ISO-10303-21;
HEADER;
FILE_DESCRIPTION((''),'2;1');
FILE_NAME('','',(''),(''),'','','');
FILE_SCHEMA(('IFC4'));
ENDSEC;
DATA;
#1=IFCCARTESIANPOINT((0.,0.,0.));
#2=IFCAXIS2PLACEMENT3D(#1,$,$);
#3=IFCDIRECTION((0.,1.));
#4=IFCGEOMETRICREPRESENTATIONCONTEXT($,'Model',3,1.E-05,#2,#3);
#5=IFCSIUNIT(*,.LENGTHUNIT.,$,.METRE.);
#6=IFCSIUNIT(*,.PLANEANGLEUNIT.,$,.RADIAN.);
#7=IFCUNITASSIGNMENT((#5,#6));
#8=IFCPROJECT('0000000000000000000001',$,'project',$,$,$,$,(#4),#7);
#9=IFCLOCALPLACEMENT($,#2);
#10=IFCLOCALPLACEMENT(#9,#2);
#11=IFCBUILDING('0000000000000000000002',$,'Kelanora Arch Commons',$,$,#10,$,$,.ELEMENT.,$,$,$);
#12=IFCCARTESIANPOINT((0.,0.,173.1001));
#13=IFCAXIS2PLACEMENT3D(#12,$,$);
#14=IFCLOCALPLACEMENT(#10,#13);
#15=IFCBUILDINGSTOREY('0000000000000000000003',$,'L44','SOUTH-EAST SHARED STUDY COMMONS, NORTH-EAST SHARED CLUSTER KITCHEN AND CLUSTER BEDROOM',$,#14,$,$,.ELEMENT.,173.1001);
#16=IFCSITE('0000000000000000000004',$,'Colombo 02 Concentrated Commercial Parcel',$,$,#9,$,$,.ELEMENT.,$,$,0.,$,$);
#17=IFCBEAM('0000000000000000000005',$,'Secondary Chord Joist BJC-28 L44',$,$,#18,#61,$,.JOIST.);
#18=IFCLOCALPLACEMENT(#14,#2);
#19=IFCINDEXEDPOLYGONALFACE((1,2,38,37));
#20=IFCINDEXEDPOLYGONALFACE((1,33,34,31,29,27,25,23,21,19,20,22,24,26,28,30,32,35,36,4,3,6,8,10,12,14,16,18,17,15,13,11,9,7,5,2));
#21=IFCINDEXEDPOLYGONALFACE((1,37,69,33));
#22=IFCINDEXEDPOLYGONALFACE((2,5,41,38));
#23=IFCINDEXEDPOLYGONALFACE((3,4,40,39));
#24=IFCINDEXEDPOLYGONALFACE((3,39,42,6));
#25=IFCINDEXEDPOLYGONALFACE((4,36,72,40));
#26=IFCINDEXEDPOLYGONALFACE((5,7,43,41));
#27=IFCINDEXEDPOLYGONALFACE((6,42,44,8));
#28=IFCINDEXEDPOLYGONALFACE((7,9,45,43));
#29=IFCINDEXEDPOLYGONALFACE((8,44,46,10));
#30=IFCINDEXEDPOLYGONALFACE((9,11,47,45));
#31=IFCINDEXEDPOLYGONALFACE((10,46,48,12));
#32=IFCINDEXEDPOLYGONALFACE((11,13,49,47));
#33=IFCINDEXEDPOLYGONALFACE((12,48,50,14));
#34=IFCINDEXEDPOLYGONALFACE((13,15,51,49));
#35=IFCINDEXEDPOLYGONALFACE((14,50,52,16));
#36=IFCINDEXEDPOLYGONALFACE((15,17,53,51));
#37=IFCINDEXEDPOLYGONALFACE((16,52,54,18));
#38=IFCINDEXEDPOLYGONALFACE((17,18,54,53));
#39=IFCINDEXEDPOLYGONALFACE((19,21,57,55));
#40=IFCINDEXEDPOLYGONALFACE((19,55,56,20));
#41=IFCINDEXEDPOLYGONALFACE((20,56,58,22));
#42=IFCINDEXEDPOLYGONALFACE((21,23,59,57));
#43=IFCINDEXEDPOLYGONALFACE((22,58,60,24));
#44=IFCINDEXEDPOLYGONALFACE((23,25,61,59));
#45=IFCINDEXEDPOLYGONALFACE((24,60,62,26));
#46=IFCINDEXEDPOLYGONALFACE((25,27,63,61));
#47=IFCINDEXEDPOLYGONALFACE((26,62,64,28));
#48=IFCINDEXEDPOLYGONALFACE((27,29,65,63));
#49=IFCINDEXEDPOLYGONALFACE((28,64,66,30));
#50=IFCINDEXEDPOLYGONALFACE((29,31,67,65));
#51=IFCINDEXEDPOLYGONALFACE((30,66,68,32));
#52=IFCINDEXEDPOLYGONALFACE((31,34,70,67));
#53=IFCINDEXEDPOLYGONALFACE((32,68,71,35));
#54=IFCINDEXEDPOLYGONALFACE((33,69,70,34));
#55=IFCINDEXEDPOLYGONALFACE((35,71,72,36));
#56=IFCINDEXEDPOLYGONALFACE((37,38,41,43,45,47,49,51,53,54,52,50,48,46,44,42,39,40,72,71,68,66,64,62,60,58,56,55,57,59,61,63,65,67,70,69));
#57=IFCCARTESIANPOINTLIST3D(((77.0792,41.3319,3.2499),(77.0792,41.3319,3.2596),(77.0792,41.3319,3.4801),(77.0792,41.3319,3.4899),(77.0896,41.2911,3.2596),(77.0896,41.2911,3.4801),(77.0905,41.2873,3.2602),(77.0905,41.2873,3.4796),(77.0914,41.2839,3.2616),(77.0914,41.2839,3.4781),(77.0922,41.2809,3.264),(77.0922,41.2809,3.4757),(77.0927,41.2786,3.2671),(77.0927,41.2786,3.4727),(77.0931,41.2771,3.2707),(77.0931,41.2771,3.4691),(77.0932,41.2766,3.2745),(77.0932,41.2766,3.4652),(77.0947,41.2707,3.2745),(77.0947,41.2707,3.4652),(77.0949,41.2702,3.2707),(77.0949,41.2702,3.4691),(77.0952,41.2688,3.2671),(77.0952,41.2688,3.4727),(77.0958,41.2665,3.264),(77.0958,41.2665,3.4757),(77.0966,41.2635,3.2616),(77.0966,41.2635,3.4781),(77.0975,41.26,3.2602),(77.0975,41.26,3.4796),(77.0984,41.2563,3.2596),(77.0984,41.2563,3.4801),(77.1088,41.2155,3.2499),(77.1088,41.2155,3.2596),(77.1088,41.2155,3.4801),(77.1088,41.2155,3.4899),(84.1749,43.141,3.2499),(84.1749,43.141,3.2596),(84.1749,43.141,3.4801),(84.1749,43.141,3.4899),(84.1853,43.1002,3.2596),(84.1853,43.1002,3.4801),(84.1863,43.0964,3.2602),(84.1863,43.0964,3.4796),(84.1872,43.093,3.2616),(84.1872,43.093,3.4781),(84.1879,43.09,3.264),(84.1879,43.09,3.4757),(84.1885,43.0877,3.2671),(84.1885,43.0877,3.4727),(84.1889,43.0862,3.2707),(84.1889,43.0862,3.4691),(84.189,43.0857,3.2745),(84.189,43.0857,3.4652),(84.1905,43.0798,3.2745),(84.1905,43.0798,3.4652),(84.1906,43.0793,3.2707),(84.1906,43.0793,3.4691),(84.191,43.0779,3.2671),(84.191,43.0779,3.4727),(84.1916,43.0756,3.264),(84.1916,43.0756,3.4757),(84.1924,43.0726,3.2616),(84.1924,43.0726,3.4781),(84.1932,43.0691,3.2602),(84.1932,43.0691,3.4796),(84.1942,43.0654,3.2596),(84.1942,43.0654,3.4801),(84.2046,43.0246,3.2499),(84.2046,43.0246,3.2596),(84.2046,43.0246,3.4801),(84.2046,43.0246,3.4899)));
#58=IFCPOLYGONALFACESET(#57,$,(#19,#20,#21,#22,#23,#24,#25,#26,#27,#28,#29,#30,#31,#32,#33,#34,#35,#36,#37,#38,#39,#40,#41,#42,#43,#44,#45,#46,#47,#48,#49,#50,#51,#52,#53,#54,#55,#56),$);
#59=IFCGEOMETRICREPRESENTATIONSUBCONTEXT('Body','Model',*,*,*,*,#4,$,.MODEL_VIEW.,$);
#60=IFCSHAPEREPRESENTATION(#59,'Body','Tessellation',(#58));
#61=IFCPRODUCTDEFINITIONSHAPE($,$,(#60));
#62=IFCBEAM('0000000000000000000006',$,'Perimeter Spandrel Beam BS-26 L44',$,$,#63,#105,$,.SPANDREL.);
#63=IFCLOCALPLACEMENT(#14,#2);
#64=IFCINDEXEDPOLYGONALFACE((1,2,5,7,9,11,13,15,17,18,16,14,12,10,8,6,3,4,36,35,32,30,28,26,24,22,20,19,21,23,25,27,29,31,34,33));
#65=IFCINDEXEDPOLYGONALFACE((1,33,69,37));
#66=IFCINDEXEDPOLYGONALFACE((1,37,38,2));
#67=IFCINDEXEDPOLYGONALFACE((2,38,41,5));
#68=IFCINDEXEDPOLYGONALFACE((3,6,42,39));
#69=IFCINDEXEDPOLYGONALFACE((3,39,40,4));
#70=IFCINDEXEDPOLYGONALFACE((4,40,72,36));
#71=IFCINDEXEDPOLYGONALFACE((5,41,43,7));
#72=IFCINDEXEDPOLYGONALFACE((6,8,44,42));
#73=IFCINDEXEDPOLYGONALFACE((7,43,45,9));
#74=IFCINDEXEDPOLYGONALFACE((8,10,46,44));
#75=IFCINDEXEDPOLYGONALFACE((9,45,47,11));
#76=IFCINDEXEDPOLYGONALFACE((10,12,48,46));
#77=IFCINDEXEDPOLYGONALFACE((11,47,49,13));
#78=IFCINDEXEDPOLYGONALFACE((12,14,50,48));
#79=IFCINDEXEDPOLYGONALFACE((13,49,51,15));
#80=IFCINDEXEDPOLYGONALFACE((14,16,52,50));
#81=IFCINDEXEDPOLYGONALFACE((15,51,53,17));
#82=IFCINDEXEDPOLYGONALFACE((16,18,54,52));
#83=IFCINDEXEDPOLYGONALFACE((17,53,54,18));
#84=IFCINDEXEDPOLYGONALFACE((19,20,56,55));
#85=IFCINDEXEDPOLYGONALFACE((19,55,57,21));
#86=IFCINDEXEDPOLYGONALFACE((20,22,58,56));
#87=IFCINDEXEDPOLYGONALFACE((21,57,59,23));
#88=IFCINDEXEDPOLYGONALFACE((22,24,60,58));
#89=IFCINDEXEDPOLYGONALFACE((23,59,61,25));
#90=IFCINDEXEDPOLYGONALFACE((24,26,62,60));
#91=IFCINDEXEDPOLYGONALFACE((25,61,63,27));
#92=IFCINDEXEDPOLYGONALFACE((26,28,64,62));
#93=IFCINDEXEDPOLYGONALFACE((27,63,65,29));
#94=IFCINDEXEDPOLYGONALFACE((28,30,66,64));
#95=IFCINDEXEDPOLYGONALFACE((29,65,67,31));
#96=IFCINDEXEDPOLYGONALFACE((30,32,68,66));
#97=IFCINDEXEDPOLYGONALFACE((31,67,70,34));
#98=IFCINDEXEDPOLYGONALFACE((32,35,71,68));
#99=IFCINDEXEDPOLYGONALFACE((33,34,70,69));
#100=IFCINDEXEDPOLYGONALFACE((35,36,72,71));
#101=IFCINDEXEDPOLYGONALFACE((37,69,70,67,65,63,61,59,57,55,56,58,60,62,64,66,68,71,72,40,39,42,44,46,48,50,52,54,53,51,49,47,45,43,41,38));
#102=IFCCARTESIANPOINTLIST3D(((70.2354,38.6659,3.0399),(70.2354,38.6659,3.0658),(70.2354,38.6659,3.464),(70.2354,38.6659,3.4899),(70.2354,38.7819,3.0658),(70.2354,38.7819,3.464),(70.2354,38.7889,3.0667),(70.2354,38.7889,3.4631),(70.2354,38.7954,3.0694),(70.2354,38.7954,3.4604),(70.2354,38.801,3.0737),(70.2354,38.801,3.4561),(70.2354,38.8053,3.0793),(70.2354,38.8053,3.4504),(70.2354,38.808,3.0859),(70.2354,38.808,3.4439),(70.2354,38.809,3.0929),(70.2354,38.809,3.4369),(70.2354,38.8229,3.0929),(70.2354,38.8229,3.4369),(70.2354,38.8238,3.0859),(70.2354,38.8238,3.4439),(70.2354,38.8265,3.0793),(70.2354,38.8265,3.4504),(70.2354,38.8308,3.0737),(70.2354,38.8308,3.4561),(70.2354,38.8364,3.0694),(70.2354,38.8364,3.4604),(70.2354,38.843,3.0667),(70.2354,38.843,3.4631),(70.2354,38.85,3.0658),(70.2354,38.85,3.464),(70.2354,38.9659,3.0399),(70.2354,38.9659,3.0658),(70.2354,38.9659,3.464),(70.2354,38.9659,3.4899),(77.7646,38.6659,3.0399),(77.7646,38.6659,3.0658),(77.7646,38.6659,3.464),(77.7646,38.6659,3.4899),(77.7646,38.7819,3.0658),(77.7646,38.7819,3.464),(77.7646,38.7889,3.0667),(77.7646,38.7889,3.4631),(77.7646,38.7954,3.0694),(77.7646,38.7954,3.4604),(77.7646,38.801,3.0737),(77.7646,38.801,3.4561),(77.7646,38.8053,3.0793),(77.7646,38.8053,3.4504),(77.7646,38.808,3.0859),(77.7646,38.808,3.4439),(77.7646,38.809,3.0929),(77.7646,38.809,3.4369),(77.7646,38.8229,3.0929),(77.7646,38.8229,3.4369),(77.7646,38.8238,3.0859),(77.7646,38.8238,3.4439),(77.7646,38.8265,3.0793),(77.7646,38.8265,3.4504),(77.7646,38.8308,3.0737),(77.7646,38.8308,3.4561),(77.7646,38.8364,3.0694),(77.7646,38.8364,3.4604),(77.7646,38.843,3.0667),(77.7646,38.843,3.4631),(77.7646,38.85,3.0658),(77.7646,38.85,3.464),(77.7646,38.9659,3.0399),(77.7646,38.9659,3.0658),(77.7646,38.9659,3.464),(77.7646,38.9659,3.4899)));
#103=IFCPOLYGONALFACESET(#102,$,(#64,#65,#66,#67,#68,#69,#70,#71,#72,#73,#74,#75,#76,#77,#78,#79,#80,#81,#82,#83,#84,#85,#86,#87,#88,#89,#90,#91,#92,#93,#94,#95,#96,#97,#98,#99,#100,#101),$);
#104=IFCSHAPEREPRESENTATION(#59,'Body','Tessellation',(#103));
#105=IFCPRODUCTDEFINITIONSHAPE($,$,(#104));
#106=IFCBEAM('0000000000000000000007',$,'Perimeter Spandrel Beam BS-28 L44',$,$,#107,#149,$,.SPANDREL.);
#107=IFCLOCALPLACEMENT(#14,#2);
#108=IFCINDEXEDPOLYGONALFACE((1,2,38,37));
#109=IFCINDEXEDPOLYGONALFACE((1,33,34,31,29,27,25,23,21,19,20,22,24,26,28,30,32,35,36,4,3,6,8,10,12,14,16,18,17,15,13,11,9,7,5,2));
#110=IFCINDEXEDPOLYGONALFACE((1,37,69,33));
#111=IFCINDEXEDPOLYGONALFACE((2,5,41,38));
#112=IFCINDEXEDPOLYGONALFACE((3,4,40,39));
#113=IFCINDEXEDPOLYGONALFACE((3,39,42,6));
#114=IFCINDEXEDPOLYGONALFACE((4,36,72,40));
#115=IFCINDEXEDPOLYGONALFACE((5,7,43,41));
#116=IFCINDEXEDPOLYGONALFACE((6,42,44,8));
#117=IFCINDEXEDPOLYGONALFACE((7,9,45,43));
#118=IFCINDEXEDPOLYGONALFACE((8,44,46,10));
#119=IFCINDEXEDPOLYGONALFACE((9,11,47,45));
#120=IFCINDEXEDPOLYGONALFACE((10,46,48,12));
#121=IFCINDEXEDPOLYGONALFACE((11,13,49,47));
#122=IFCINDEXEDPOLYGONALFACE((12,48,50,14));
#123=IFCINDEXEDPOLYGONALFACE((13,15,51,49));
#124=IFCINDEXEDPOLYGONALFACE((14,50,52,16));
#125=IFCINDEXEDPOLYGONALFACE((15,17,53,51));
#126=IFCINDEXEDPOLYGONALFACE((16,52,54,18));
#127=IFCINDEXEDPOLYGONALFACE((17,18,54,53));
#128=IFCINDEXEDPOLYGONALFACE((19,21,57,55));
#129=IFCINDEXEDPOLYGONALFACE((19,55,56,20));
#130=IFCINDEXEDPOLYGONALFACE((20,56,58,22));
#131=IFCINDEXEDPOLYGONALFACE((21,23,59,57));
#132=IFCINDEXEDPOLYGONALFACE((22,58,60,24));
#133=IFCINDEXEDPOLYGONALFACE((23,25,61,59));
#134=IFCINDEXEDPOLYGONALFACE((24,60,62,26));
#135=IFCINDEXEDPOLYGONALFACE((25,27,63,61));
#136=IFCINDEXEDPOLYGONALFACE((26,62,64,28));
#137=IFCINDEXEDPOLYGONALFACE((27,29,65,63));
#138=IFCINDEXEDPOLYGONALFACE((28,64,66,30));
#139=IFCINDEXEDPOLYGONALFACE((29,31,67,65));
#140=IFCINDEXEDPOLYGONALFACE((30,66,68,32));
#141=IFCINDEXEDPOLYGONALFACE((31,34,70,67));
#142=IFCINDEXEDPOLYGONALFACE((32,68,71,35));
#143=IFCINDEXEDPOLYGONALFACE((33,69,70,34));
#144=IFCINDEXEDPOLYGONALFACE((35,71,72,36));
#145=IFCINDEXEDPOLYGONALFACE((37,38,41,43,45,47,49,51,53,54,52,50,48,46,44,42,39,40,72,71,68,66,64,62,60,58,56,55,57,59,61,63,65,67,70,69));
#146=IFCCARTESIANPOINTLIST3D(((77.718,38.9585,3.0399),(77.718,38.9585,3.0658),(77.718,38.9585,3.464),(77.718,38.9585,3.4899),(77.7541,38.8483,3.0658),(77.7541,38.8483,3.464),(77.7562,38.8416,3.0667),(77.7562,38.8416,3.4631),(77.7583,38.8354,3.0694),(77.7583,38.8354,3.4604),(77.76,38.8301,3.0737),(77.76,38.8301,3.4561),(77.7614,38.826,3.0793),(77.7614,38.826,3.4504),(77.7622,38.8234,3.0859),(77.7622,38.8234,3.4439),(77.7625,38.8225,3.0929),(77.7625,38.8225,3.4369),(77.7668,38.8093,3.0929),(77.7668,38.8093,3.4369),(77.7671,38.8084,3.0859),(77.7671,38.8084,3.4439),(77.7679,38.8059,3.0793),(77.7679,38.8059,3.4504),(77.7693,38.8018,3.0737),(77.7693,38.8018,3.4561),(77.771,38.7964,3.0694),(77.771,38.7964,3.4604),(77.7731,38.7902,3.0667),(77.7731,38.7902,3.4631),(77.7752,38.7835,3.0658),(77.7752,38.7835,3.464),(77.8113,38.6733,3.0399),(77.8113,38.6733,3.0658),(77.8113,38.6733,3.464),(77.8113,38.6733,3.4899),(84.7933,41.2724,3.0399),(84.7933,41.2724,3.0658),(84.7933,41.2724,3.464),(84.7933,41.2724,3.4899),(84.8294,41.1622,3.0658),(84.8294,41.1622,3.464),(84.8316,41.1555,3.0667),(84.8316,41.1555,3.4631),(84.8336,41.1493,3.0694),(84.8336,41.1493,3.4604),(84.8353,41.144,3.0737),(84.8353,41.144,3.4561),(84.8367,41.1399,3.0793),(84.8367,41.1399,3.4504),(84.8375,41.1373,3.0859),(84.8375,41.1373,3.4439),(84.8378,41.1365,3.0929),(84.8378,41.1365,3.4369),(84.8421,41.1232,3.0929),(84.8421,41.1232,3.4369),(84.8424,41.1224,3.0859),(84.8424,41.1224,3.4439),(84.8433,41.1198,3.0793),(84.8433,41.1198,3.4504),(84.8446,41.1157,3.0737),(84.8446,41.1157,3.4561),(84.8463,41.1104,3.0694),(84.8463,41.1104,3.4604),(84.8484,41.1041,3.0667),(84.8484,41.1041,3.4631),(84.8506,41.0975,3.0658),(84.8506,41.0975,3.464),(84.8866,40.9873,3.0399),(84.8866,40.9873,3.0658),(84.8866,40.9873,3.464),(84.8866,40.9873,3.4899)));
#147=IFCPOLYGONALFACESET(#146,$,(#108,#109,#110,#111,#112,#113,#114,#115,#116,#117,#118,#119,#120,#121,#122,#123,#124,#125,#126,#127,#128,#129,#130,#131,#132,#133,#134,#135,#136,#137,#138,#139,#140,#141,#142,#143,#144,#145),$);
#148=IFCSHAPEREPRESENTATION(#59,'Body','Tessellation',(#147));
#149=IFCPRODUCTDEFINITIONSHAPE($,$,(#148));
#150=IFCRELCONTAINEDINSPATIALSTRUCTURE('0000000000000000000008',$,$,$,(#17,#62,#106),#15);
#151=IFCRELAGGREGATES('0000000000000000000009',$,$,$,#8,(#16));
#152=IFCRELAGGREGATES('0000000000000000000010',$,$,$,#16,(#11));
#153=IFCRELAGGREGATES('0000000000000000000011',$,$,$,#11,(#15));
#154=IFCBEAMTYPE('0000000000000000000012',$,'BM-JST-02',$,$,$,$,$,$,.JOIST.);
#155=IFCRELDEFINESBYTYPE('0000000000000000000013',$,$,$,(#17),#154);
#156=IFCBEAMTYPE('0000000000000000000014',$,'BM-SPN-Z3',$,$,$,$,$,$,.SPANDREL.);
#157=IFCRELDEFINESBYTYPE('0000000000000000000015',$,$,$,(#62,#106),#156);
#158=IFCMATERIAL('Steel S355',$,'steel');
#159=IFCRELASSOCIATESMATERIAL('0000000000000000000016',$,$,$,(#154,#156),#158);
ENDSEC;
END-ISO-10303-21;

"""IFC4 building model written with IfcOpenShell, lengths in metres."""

from ifc_helpers import new_model, si_unit, direction, frame, origin, origin_2d, place, context, subcontext, project, spatial, i_section, extrude, material, material_profile, profile_set, type_object, element, save


model = new_model("IFC4")

# Units and contexts
model_context = context("Model", 3, precision=1e-05, world=origin(), true_north=direction((0.0, 1.0)))
body_context = subcontext(model_context, "Body", "Model", "MODEL_VIEW")
ifc_project = project(units=[si_unit("LENGTHUNIT", "METRE"), si_unit("PLANEANGLEUNIT", "RADIAN")], contexts=[model_context])

# Site, building, storey
site_placement = place(None, origin())
site = spatial("IfcSite", under=ifc_project, at=site_placement, Name="Colombo 02 Concentrated Commercial Parcel", CompositionType="ELEMENT", RefElevation=0.0)
building_placement = place(site_placement, origin())
building = spatial("IfcBuilding", under=site, at=building_placement, Name="Kelanora Arch Commons", CompositionType="ELEMENT")
storey_placement = place(building_placement, frame((0.0, 0.0, 173.1001)))
storey = spatial("IfcBuildingStorey", under=building, at=storey_placement, Name="L44", Description="SOUTH-EAST SHARED STUDY COMMONS, NORTH-EAST SHARED CLUSTER KITCHEN AND CLUSTER BEDROOM", CompositionType="ELEMENT", Elevation=173.1001)

# Beams
ifc_material_1 = material(Name="Steel S355", Category="steel")
ifc_material_profile_1 = material_profile(ifc_material_1, i_section(OverallWidth=0.1201, OverallDepth=0.24, WebThickness=0.0061, FlangeThickness=0.0098, FilletRadius=0.0149, at=origin_2d()), Name="IPE240")
ifc_profile_set_1 = profile_set([ifc_material_profile_1], Name="Steel S355")
beam_type_1 = type_object("IfcBeamType", Name="BM-JST-02", PredefinedType="JOIST", material=ifc_profile_set_1)
beam_1_placement = place(storey_placement, frame((77.094, 41.2737, 3.3699), z_axis=(0.969002, 0.247052, 0.0), x_axis=(-0.247052, 0.969002, 0.0)))
element("IfcBeam", 1, at=beam_1_placement, inside=storey, type_object=beam_type_1, Name="Secondary Chord Joist BJC-28 L44", PredefinedType="JOIST", context=body_context, shape_type="SweptSolid", body=[
    extrude(i_section(OverallWidth=0.1201, OverallDepth=0.24, WebThickness=0.0061, FlangeThickness=0.0098, FilletRadius=0.0149, at=origin_2d()), origin(), (0.0, 0.0, 1.0), 7.3228),
])
ifc_material_profile_2 = material_profile(ifc_material_1, i_section(OverallWidth=0.3, OverallDepth=0.45, WebThickness=0.0139, FlangeThickness=0.0259, FilletRadius=0.0271, at=origin_2d()), Name="HEB450")
ifc_profile_set_2 = profile_set([ifc_material_profile_2], Name="Steel S355")
beam_type_2 = type_object("IfcBeamType", Name="BM-SPN-Z3", PredefinedType="SPANDREL", material=ifc_profile_set_2)
beam_2_placement = place(storey_placement, frame((70.2354, 38.8159, 3.2649), z_axis=(1.0, 0.0, 0.0), x_axis=(0.0, 1.0, 0.0)))
element("IfcBeam", 2, at=beam_2_placement, inside=storey, type_object=beam_type_2, Name="Perimeter Spandrel Beam BS-26 L44", PredefinedType="SPANDREL", context=body_context, shape_type="SweptSolid", body=[
    extrude(i_section(OverallWidth=0.3, OverallDepth=0.45, WebThickness=0.0139, FlangeThickness=0.0259, FilletRadius=0.0271, at=origin_2d()), origin(), (0.0, 0.0, 1.0), 7.5293),
])
beam_3_placement = place(storey_placement, frame((77.7646, 38.8159, 3.2649), z_axis=(0.950462, 0.310841, 0.0), x_axis=(-0.310841, 0.950462, 0.0)))
element("IfcBeam", 3, at=beam_3_placement, inside=storey, type_object=beam_type_2, Name="Perimeter Spandrel Beam BS-28 L44", PredefinedType="SPANDREL", context=body_context, shape_type="SweptSolid", body=[
    extrude(i_section(OverallWidth=0.3, OverallDepth=0.45, WebThickness=0.0139, FlangeThickness=0.0259, FilletRadius=0.0271, at=origin_2d()), origin(), (0.0, 0.0, 1.0), 7.4441),
])

save(model, "model.ifc")
